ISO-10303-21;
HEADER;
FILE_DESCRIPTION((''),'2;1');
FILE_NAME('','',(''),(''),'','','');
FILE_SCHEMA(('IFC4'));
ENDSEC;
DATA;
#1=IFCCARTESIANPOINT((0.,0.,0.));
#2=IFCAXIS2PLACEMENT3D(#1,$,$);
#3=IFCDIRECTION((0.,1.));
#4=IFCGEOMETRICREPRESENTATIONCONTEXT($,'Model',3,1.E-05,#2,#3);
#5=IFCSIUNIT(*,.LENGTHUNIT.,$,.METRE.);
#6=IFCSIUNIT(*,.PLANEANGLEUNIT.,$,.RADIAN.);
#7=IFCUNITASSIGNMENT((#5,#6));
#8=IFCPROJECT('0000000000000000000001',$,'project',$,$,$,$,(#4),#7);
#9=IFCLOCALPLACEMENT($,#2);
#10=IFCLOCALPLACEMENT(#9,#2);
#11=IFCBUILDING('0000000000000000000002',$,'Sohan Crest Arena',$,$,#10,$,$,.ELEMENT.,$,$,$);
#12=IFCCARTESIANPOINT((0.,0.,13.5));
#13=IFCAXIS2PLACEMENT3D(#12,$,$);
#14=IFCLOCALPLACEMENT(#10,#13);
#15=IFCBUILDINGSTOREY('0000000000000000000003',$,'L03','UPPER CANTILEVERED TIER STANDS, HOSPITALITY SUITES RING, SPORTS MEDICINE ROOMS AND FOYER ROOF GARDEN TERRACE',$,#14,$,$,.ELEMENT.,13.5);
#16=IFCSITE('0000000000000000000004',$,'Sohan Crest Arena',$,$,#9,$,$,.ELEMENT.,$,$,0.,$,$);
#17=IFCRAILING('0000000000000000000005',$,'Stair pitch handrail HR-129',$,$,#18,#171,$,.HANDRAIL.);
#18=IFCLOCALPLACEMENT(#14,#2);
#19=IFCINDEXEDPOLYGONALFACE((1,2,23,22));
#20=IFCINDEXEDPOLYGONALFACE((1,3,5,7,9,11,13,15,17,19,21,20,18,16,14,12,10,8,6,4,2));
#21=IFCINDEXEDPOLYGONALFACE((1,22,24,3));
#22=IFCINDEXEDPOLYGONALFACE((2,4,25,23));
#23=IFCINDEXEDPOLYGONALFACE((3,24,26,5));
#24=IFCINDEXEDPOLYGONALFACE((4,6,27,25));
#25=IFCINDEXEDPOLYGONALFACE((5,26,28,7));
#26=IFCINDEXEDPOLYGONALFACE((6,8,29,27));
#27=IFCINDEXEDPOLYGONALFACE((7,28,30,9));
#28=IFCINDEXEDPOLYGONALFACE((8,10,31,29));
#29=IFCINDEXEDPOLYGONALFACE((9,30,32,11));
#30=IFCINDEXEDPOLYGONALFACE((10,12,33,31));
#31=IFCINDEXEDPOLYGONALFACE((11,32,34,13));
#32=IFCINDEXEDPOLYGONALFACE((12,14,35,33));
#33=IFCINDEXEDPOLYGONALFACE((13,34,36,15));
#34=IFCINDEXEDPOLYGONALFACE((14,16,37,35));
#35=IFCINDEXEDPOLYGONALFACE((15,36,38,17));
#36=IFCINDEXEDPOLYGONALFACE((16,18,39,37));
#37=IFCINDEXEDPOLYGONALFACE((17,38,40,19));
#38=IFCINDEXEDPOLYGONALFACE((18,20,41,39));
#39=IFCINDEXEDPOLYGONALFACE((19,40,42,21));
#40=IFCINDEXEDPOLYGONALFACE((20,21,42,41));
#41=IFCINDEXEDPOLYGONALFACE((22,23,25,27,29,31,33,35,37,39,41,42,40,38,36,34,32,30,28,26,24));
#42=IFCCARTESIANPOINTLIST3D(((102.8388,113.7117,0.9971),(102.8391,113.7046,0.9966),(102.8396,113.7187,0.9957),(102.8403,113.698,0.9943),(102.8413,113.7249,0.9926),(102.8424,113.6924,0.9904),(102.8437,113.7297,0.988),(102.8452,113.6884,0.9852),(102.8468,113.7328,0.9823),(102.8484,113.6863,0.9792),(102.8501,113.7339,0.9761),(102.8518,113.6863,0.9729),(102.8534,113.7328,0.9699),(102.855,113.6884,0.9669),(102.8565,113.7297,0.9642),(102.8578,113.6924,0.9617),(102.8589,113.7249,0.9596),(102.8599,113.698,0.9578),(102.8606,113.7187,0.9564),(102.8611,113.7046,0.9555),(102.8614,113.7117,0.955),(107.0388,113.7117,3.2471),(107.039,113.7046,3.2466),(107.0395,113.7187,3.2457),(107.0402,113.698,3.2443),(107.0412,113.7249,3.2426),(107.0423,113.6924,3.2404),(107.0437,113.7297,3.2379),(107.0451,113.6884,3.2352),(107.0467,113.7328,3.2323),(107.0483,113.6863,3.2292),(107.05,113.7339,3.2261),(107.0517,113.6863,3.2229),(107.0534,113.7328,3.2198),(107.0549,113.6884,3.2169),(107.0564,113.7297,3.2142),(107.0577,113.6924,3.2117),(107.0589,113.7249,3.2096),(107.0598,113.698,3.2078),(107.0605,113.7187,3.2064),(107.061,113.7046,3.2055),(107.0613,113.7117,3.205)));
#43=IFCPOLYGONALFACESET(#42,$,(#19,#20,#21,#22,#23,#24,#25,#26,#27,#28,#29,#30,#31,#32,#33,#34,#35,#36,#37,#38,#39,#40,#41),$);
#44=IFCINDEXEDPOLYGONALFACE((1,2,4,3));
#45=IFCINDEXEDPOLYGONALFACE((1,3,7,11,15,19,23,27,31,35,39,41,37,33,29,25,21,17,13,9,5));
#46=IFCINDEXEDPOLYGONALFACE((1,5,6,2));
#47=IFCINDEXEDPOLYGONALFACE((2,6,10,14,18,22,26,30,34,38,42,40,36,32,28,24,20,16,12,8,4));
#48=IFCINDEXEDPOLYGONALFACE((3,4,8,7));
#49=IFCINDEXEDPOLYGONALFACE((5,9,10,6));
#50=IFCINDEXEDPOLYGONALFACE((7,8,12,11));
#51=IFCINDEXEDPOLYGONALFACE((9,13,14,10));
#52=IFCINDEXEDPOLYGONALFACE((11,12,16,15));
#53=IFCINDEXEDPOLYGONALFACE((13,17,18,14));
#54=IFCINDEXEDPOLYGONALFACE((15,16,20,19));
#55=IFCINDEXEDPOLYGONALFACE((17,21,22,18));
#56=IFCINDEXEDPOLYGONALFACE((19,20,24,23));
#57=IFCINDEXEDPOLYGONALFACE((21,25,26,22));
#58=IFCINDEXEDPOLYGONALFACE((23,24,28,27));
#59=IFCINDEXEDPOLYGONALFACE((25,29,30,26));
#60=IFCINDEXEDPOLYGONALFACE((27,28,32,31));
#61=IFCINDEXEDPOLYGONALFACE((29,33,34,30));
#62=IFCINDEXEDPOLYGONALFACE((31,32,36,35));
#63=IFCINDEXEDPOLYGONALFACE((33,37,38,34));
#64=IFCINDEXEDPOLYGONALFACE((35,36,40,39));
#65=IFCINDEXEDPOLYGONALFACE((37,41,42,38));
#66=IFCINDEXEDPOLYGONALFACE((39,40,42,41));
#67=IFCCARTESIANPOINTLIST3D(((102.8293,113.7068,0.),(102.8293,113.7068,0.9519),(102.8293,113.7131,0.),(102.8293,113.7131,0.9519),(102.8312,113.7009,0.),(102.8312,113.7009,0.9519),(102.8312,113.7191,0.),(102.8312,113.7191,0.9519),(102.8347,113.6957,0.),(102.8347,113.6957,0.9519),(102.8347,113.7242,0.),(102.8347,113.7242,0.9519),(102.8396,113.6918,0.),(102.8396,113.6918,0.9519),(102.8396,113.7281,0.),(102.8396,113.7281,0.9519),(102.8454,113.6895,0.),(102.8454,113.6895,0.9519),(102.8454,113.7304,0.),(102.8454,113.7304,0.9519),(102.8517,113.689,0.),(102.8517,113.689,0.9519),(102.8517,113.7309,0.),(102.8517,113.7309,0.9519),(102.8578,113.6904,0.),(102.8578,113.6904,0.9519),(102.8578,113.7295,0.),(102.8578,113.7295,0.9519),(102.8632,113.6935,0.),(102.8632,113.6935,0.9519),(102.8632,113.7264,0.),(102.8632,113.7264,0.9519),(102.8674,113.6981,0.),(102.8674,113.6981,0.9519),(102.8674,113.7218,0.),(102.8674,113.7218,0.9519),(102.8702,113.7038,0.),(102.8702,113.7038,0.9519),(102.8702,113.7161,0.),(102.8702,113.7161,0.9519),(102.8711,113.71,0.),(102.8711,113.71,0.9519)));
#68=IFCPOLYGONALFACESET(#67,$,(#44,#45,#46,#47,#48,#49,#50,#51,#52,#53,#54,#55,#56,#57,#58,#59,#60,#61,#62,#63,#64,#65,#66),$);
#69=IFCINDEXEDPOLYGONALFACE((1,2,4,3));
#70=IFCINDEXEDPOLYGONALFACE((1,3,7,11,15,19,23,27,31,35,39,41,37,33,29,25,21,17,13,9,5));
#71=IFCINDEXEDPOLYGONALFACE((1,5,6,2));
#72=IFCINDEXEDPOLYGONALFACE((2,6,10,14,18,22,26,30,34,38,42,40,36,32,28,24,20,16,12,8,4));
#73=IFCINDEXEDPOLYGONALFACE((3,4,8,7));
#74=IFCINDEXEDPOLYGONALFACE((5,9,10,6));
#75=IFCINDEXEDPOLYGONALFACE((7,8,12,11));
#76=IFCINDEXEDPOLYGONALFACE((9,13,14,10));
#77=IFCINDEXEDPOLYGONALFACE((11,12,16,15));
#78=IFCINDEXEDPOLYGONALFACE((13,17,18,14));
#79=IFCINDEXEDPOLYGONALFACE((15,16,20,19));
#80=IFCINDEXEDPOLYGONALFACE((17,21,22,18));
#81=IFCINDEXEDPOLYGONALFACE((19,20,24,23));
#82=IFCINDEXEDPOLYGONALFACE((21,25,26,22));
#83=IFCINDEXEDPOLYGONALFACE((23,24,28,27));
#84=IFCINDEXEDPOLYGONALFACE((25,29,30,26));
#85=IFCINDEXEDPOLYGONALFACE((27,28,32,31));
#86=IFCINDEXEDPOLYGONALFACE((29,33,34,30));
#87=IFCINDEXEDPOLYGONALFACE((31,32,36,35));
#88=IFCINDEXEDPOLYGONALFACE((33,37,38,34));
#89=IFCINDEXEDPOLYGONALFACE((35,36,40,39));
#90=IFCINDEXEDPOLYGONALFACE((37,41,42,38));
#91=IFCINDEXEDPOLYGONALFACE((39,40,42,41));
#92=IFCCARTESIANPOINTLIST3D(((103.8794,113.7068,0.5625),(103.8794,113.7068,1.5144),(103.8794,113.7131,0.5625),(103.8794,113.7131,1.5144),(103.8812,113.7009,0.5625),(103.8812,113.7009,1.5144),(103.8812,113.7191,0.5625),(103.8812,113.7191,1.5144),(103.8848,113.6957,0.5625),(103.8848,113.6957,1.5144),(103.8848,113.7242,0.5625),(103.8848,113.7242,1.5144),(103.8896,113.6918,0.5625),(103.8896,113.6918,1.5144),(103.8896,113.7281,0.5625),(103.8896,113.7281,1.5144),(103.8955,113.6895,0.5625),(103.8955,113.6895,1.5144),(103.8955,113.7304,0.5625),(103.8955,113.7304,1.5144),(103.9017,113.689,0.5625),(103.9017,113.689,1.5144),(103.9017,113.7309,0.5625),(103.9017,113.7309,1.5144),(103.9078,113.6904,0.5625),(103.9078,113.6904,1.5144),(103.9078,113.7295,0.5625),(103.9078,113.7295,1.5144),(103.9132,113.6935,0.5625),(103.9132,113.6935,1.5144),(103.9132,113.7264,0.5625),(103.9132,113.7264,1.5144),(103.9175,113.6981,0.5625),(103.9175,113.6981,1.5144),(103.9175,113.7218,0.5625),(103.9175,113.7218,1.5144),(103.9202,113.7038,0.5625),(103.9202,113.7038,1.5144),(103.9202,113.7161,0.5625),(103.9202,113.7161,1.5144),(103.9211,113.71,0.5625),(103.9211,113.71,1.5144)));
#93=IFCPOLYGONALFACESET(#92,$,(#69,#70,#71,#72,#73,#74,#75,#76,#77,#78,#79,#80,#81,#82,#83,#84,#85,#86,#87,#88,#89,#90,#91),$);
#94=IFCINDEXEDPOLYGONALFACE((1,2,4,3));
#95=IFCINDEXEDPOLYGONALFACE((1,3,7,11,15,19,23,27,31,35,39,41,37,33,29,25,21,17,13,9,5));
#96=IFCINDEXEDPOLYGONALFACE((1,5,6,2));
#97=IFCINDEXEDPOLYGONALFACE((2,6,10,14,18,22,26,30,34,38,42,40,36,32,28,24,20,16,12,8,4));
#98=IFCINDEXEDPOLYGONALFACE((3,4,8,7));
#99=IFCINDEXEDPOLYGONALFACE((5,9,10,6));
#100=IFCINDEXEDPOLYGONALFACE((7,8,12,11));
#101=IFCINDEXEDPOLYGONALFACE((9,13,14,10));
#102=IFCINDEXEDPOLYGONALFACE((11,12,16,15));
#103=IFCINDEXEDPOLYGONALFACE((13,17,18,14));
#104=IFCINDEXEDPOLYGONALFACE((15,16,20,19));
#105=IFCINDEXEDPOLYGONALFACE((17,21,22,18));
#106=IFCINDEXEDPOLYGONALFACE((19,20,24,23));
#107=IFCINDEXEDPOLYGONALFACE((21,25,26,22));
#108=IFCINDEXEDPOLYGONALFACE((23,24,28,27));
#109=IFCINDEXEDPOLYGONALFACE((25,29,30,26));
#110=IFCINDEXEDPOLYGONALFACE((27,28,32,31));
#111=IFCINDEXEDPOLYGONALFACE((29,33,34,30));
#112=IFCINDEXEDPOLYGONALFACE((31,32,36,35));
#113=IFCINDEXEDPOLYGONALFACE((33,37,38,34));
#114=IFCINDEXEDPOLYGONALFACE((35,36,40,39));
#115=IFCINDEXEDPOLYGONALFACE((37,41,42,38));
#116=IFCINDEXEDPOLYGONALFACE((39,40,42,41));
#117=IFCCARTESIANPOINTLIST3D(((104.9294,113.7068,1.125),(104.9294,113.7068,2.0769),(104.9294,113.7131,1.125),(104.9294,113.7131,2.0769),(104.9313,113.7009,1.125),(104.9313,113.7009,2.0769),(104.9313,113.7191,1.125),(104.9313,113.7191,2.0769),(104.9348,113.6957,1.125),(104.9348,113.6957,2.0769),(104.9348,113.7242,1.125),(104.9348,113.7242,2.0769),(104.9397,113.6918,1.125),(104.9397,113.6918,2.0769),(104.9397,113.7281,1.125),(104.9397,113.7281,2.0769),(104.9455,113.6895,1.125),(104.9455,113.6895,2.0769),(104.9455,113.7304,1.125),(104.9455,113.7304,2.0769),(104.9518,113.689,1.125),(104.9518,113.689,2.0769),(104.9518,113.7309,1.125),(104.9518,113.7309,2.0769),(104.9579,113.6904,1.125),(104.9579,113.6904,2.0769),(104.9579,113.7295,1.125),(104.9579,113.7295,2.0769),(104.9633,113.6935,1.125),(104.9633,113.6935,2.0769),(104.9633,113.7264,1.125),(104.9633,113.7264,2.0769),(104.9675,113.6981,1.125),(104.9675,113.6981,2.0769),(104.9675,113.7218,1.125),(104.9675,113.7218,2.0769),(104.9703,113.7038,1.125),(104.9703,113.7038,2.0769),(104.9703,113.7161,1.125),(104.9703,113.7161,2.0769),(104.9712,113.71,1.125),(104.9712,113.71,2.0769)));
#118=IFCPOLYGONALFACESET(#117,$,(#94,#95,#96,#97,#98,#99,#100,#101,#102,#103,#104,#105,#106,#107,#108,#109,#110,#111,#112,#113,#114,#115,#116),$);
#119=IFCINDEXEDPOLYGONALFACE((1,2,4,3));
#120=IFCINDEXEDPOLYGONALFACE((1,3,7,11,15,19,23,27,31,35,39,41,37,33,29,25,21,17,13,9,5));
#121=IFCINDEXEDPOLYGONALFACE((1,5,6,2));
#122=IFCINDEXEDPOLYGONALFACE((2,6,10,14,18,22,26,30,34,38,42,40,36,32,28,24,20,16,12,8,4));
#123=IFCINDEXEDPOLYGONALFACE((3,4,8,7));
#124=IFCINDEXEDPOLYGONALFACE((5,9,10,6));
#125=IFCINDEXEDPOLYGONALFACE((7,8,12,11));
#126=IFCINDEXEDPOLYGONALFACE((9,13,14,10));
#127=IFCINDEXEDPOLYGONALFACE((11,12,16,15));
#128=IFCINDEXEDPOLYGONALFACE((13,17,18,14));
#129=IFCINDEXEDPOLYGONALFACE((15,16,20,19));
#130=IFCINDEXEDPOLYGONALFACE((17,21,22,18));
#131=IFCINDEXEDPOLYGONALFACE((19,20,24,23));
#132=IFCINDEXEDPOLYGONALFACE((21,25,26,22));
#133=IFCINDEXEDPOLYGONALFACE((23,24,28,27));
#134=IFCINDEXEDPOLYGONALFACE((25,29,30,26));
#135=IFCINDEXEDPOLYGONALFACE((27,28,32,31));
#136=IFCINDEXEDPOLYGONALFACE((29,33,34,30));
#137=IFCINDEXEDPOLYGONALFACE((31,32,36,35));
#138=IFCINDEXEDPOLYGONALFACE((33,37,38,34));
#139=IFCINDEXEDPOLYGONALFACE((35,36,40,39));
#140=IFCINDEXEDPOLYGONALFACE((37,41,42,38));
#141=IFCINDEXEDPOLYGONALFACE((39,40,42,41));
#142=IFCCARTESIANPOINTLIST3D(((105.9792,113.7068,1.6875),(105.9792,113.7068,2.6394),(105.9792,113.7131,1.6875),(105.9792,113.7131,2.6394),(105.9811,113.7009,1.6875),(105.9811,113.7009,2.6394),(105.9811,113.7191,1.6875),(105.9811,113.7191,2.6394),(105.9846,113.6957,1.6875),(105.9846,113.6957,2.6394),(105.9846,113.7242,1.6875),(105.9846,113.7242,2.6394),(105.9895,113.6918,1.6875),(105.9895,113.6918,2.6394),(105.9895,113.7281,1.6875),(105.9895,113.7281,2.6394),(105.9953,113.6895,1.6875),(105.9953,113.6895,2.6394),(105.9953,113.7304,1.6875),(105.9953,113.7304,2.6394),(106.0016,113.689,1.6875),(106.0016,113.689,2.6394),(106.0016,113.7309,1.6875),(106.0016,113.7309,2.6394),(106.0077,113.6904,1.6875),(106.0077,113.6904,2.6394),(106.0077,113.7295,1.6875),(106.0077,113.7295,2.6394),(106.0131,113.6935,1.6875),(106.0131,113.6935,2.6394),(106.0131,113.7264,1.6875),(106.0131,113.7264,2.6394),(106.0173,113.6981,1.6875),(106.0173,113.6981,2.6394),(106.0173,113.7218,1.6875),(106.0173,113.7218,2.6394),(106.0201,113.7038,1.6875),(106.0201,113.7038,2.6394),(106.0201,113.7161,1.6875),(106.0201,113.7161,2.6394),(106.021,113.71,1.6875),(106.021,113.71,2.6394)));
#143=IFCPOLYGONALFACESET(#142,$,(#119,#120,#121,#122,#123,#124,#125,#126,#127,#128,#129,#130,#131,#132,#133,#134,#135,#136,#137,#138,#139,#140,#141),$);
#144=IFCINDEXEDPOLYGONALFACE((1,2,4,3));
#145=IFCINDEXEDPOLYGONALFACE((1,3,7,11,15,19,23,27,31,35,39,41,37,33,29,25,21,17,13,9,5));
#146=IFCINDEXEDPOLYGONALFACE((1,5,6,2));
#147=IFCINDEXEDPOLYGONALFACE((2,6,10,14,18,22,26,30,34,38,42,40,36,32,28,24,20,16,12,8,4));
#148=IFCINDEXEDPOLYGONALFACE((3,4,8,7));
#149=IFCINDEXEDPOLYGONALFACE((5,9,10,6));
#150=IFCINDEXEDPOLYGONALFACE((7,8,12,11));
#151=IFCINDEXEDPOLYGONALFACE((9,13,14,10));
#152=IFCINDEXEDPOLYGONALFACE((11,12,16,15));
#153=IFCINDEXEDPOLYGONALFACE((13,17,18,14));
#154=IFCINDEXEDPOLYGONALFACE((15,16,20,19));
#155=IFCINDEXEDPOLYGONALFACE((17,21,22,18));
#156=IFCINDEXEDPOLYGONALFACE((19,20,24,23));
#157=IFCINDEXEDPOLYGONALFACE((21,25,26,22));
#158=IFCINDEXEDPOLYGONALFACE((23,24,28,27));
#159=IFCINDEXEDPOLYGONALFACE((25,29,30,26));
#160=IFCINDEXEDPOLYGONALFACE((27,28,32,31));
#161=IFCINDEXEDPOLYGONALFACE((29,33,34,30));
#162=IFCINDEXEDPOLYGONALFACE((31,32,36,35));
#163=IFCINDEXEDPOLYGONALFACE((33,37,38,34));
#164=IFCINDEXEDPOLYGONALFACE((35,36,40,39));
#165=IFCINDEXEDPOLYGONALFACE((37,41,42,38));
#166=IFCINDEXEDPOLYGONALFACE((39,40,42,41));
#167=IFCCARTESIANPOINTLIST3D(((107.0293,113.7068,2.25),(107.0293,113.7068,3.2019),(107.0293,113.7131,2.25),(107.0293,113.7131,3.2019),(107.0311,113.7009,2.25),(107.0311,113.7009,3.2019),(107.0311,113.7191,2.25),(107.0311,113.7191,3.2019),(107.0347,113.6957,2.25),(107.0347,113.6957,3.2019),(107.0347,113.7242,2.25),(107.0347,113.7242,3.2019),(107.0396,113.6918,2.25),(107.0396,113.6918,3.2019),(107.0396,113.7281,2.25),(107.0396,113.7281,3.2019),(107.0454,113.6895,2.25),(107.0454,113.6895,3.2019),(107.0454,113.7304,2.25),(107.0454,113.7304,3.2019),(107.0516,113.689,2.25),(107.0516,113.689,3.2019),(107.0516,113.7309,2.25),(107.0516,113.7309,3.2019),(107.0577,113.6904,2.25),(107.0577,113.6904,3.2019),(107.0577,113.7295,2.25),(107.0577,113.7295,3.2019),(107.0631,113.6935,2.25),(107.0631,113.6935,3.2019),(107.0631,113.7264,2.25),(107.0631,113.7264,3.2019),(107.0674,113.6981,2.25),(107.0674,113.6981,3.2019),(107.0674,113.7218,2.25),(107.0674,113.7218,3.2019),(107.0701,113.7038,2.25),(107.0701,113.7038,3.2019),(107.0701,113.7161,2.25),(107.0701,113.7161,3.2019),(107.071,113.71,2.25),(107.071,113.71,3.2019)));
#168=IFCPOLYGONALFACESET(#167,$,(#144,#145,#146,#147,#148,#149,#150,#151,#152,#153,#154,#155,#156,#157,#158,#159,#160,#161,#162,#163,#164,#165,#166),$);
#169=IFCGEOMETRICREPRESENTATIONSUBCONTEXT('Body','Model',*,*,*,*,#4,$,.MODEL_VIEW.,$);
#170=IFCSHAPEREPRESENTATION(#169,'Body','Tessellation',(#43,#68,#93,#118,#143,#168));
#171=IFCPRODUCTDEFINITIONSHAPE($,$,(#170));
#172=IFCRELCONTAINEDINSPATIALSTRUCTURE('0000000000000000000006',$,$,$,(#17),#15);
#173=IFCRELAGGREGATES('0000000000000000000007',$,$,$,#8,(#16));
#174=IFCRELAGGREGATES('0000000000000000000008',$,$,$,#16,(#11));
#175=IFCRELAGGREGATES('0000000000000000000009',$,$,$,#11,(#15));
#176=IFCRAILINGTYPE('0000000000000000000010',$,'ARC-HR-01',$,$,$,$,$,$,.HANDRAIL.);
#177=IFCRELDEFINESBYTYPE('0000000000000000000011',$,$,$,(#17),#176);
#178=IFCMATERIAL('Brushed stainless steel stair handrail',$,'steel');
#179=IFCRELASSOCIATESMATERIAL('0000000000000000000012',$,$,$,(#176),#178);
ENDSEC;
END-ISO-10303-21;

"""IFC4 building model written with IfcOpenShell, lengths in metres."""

from ifc_helpers import new_model, si_unit, direction, frame, origin, origin_2d, place, context, subcontext, project, spatial, circle, extrude, material, type_object, element, save


model = new_model("IFC4")

# Units and contexts
model_context = context("Model", 3, precision=1e-05, world=origin(), true_north=direction((0.0, 1.0)))
body_context = subcontext(model_context, "Body", "Model", "MODEL_VIEW")
ifc_project = project(units=[si_unit("LENGTHUNIT", "METRE"), si_unit("PLANEANGLEUNIT", "RADIAN")], contexts=[model_context])

# Site, building, storey
site_placement = place(None, origin())
site = spatial("IfcSite", under=ifc_project, at=site_placement, Name="Sohan Crest Arena", CompositionType="ELEMENT", RefElevation=0.0)
building_placement = place(site_placement, origin())
building = spatial("IfcBuilding", under=site, at=building_placement, Name="Sohan Crest Arena", CompositionType="ELEMENT")
storey_placement = place(building_placement, frame((0.0, 0.0, 13.5)))
storey = spatial("IfcBuildingStorey", under=building, at=storey_placement, Name="L03", Description="UPPER CANTILEVERED TIER STANDS, HOSPITALITY SUITES RING, SPORTS MEDICINE ROOMS AND FOYER ROOF GARDEN TERRACE", CompositionType="ELEMENT", Elevation=13.5)

# Railing
ifc_material_1 = material(Name="Brushed stainless steel stair handrail", Category="steel")
railing_type_1 = type_object("IfcRailingType", Name="ARC-HR-01", PredefinedType="HANDRAIL", material=ifc_material_1)
for number, where, name in (
    (1, (102.8501, 113.71, 0.0), "Stair pitch handrail HR-129"),
):
    element("IfcRailing", number, at=place(storey_placement, frame(where)), inside=storey, type_object=railing_type_1, Name=name, PredefinedType="HANDRAIL", context=body_context, shape_type="SweptSolid", body=[
        extrude(circle(Radius=0.0239, at=origin_2d()), frame((0.0, 0.0, 0.9761), z_axis=(0.881478, 0.0, 0.472226), x_axis=(0.0, 1.0, 0.0)), (0.0, 0.0, 1.0), 4.7646),
        extrude(circle(Radius=0.021, at=origin_2d()), origin(), (0.0, 0.0, 1.0), 0.9519),
        extrude(circle(Radius=0.021, at=origin_2d()), frame((1.05, 0.0, 0.5625)), (0.0, 0.0, 1.0), 0.9519),
        extrude(circle(Radius=0.021, at=origin_2d()), frame((2.1001, 0.0, 1.125)), (0.0, 0.0, 1.0), 0.9519),
        extrude(circle(Radius=0.021, at=origin_2d()), frame((3.1499, 0.0, 1.6875)), (0.0, 0.0, 1.0), 0.9519),
        extrude(circle(Radius=0.021, at=origin_2d()), frame((4.2, 0.0, 2.25)), (0.0, 0.0, 1.0), 0.9519),
    ])

save(model, "model.ifc")
